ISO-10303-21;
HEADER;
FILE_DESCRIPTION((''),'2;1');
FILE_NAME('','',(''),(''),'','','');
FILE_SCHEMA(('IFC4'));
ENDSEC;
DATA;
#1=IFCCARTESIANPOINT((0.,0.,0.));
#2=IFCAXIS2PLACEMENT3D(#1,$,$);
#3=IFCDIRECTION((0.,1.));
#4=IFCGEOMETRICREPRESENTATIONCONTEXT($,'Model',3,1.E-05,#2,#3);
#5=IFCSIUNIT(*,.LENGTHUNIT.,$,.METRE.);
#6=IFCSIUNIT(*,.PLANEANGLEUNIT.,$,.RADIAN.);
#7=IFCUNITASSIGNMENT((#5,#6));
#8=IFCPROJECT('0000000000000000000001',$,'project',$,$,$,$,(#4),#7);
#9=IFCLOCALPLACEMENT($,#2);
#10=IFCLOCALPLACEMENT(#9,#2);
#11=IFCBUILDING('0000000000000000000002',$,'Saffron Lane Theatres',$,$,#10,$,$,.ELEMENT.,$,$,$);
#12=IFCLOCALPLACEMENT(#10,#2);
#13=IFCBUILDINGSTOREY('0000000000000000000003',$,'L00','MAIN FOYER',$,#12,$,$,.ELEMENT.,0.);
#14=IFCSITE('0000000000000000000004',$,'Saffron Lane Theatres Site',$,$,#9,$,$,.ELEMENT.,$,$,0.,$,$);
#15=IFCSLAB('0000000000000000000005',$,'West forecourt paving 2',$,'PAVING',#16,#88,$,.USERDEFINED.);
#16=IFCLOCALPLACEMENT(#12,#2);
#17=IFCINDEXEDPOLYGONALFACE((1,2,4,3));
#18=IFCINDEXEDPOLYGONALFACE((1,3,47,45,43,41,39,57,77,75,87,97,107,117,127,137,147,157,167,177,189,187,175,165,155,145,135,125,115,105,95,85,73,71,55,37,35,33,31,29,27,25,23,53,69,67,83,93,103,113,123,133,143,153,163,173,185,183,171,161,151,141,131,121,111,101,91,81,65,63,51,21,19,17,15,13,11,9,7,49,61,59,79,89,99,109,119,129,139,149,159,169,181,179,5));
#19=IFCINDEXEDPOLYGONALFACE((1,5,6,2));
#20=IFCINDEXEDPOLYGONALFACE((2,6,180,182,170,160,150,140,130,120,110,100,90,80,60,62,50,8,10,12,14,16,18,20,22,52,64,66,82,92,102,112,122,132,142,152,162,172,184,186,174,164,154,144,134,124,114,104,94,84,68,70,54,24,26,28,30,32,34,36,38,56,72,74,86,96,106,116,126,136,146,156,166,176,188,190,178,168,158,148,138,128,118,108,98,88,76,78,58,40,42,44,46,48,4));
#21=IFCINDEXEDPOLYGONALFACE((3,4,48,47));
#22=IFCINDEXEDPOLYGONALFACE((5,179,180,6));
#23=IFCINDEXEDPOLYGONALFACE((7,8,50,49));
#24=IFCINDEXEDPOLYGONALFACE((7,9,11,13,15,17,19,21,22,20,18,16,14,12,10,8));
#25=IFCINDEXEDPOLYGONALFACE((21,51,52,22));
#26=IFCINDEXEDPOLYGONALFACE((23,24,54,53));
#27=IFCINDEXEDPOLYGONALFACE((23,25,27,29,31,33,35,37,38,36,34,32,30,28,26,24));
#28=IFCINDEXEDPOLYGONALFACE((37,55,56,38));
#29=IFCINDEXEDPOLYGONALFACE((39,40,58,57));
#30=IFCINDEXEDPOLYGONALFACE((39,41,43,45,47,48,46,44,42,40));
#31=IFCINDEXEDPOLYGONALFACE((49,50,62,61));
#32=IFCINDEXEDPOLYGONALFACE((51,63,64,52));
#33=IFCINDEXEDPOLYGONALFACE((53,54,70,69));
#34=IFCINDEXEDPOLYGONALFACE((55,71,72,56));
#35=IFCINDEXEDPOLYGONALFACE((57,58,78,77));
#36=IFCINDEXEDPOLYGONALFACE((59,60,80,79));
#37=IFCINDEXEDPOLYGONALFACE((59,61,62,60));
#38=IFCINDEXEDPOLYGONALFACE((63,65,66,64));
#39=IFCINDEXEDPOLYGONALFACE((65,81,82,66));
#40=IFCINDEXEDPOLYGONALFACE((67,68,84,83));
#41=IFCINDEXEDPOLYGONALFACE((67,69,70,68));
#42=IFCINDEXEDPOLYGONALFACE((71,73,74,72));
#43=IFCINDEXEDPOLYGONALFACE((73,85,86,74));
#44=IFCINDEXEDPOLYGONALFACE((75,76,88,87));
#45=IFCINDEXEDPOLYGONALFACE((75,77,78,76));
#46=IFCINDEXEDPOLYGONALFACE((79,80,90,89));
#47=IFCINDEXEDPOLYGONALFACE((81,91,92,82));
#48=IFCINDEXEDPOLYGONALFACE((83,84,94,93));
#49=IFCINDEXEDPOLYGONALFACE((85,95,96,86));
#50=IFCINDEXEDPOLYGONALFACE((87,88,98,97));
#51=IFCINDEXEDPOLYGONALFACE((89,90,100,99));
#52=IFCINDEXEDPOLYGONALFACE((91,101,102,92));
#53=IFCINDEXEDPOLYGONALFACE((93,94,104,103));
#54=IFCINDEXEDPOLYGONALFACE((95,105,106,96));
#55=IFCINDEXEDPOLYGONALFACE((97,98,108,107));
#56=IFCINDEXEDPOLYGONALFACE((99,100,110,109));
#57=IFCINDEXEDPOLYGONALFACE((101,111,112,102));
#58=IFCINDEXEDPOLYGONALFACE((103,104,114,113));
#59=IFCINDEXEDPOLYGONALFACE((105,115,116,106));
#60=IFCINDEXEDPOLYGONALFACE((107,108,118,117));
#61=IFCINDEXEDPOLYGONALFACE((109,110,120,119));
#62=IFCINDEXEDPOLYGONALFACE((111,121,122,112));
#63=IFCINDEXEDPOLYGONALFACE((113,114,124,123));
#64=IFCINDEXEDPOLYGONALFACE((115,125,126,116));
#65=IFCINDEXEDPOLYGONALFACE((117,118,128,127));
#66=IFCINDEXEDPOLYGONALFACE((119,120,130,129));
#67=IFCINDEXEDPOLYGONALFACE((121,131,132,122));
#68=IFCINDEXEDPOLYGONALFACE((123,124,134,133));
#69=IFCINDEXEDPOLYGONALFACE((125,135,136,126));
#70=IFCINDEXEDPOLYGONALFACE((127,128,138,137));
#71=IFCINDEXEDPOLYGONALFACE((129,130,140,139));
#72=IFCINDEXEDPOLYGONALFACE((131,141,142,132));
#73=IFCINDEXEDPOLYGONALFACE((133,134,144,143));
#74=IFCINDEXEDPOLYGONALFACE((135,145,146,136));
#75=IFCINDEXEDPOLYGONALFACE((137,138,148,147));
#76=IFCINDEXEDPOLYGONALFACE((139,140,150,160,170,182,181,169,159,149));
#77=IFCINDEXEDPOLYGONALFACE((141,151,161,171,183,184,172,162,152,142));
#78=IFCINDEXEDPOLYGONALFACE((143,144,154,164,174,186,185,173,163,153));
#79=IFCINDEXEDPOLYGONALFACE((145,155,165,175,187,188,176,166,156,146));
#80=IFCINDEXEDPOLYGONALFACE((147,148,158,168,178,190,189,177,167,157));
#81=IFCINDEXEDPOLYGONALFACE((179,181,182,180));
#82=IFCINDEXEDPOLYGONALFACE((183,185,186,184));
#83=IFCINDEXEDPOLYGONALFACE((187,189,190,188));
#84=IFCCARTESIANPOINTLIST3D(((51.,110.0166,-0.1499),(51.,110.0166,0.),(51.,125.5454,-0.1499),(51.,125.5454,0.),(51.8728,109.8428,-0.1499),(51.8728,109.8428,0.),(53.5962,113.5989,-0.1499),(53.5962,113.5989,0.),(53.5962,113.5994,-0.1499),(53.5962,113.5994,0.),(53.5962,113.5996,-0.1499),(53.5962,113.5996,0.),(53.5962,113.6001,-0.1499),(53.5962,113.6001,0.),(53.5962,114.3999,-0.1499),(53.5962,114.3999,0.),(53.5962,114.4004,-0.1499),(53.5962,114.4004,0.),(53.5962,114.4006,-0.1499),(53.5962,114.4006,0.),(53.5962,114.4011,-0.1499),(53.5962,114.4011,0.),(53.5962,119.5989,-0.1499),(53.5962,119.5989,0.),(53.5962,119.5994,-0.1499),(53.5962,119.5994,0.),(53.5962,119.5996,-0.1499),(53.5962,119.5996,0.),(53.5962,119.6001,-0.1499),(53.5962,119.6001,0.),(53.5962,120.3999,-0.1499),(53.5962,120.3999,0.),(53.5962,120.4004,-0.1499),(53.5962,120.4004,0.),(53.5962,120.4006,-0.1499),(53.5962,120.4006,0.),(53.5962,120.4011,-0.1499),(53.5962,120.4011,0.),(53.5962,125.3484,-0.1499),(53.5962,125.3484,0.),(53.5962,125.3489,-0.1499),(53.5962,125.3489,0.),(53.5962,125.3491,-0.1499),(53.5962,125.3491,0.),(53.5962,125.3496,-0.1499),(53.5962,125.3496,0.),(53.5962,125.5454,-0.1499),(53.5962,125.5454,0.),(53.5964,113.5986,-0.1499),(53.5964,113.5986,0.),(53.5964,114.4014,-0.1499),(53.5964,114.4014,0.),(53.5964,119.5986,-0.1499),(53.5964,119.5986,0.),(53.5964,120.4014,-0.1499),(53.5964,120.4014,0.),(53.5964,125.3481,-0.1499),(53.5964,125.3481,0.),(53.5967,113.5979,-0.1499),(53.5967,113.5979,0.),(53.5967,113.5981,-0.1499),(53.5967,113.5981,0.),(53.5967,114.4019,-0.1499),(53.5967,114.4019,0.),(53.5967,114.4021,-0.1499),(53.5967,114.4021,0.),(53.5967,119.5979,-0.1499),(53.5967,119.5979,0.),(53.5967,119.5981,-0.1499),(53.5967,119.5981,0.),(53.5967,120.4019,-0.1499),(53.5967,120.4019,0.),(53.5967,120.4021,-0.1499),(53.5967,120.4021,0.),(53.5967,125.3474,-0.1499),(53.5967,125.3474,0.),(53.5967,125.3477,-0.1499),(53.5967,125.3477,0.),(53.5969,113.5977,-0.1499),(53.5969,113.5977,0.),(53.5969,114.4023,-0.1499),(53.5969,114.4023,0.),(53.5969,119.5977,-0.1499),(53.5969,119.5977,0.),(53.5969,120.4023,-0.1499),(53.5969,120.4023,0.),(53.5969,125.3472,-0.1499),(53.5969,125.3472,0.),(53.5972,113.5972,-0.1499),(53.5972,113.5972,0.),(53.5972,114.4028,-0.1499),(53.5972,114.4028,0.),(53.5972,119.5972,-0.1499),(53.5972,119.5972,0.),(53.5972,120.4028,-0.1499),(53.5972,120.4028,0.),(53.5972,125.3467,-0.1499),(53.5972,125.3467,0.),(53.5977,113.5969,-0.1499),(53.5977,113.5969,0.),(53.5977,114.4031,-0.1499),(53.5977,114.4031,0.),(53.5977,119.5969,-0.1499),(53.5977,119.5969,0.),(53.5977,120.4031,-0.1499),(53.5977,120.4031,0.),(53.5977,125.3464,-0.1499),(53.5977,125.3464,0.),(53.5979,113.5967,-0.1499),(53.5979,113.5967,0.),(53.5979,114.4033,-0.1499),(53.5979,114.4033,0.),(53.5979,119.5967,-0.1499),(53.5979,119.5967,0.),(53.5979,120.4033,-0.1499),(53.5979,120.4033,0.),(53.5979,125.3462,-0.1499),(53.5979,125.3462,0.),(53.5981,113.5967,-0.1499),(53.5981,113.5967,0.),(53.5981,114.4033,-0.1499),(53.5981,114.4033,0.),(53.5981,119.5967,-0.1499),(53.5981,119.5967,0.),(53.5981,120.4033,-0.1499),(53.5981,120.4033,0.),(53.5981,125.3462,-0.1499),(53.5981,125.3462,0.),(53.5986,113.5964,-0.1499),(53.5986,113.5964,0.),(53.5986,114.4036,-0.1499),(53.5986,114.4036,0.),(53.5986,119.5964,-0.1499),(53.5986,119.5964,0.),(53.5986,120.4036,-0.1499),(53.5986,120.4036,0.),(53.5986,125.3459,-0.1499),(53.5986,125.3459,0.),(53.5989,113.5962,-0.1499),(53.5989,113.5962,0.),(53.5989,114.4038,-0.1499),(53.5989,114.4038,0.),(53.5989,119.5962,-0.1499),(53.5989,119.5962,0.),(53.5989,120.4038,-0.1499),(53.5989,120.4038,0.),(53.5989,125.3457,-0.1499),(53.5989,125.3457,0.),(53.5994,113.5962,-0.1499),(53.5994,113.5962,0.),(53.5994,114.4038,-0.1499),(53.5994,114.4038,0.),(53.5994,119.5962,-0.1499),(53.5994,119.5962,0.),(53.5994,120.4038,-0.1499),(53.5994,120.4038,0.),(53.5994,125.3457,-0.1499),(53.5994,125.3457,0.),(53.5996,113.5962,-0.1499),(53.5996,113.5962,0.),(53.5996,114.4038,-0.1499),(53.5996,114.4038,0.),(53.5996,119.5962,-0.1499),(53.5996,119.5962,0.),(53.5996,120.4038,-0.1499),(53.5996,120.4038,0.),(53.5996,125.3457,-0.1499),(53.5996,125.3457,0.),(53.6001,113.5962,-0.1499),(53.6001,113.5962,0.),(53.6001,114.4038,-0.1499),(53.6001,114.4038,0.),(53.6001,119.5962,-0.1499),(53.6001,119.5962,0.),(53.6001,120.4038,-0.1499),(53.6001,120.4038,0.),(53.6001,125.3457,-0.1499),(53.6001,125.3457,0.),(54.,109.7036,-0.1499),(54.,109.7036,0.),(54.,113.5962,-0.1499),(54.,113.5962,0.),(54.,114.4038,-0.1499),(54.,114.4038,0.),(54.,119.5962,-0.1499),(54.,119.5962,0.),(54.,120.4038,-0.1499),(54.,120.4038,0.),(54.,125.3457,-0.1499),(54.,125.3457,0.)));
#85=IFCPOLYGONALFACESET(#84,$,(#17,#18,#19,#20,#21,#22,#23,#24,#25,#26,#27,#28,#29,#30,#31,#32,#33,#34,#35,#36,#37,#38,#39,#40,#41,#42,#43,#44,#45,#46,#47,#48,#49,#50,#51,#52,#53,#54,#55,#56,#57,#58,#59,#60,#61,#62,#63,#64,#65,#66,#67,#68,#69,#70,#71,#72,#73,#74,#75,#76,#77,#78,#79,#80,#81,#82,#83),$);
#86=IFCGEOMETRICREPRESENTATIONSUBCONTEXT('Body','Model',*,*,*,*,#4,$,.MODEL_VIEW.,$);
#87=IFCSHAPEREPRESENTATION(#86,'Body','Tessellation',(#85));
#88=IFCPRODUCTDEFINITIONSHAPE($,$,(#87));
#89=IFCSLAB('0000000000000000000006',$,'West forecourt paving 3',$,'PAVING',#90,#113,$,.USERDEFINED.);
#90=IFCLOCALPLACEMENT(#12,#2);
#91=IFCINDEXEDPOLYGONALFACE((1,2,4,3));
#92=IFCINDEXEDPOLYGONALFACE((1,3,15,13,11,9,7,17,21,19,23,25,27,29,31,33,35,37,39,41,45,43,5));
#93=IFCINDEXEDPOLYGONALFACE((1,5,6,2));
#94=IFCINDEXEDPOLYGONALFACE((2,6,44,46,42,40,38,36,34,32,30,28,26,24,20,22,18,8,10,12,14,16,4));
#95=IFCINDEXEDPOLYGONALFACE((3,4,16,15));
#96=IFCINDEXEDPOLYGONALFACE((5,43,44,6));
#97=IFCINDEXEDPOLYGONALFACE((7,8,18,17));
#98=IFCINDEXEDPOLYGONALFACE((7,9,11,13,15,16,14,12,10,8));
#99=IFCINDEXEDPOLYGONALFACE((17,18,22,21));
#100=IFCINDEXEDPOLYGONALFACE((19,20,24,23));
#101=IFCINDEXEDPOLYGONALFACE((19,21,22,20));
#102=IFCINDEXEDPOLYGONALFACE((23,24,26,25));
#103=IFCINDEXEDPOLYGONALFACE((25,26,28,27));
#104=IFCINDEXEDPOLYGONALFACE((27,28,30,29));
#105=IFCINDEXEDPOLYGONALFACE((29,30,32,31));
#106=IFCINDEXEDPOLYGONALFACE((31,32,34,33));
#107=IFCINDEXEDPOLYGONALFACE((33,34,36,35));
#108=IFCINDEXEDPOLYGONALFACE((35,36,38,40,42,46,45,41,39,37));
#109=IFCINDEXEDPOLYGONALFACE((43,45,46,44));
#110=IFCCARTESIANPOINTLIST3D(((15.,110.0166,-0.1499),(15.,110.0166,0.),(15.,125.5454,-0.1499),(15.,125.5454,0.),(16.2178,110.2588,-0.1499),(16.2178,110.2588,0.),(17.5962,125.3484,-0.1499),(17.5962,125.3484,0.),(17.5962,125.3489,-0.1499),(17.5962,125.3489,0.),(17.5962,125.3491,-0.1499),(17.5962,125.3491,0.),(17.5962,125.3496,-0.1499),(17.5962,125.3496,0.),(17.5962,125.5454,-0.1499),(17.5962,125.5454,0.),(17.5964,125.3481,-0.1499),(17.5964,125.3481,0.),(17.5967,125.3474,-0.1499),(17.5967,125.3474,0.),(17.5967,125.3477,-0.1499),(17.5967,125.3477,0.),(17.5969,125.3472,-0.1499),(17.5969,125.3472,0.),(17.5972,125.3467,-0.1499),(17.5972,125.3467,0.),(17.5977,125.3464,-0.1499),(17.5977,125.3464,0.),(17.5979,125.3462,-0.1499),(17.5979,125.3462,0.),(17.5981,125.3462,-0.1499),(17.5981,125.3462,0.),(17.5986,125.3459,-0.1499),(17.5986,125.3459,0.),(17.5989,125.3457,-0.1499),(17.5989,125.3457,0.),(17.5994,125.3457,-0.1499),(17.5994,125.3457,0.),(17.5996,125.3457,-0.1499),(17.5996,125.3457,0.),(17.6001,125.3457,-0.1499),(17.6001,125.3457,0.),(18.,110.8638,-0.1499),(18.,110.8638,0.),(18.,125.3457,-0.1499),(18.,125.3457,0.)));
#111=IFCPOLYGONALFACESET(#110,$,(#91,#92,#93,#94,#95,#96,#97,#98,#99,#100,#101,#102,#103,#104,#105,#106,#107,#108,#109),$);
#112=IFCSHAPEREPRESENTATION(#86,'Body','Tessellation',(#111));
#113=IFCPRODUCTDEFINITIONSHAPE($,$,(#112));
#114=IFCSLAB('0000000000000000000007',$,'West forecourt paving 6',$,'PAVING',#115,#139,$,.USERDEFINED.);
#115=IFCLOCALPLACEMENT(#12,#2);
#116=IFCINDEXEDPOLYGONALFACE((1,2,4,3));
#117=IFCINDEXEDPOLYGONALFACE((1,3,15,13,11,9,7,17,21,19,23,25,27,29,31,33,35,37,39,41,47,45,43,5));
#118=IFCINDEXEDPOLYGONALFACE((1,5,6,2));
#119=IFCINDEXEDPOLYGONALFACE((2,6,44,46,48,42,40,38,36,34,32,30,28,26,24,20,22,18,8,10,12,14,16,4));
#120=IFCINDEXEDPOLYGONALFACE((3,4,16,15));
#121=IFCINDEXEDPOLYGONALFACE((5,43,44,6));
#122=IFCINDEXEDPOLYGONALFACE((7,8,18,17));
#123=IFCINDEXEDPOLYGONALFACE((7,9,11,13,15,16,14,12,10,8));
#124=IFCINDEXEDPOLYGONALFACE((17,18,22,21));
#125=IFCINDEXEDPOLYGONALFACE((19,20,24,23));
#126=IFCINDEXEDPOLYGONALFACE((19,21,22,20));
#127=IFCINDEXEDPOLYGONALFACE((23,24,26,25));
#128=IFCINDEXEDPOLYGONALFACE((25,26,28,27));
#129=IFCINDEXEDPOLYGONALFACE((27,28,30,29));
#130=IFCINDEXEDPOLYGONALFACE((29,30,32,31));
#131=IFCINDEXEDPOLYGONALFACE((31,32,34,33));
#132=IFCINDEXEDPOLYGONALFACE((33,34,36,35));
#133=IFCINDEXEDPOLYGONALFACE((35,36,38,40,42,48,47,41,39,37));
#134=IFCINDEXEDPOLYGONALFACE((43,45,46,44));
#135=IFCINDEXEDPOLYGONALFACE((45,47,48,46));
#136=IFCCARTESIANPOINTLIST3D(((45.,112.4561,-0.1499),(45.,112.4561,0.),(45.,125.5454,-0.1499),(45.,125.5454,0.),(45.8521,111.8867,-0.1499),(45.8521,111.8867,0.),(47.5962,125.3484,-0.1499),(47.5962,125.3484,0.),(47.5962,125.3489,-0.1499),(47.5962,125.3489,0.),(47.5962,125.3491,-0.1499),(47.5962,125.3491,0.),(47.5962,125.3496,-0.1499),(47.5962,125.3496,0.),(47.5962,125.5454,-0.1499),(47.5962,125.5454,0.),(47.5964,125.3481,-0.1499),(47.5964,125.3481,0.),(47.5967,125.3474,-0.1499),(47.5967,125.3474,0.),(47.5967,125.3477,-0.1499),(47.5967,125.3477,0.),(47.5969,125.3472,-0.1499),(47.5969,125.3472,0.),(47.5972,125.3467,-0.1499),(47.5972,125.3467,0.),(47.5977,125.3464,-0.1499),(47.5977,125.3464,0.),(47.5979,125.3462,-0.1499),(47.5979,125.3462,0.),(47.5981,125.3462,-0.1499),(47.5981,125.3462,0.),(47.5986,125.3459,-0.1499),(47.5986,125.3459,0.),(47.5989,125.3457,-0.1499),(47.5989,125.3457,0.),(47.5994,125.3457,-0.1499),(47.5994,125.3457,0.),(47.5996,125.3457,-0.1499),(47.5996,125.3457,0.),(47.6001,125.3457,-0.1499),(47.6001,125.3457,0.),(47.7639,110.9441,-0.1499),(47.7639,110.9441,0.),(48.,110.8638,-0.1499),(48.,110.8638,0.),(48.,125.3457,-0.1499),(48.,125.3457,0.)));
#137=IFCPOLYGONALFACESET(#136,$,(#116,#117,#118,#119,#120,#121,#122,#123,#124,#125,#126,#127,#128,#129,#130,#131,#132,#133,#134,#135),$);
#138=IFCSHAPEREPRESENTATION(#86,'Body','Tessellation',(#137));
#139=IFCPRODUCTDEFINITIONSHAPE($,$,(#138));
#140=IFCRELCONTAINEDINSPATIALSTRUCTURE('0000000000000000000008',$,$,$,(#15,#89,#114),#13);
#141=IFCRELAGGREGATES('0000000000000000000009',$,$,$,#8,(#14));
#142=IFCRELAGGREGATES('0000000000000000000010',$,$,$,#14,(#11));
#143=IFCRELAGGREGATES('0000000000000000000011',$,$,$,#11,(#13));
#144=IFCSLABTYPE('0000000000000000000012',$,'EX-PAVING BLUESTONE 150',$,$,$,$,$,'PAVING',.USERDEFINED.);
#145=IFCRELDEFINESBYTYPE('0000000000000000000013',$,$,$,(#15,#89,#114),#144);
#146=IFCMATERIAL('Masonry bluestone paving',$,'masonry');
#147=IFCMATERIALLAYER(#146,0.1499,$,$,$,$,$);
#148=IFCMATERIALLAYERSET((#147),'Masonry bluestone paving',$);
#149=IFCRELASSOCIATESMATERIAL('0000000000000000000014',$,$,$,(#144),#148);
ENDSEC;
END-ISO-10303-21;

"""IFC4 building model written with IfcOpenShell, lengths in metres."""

from ifc_helpers import new_model, si_unit, direction, frame, origin, place, context, subcontext, project, spatial, polyline, outline, extrude, material, layer, layer_set, type_object, element, save


model = new_model("IFC4")

# Units and contexts
model_context = context("Model", 3, precision=1e-05, world=origin(), true_north=direction((0.0, 1.0)))
body_context = subcontext(model_context, "Body", "Model", "MODEL_VIEW")
ifc_project = project(units=[si_unit("LENGTHUNIT", "METRE"), si_unit("PLANEANGLEUNIT", "RADIAN")], contexts=[model_context])

# Site, building, storey
site_placement = place(None, origin())
site = spatial("IfcSite", under=ifc_project, at=site_placement, Name="Saffron Lane Theatres Site", CompositionType="ELEMENT", RefElevation=0.0)
building_placement = place(site_placement, origin())
building = spatial("IfcBuilding", under=site, at=building_placement, Name="Saffron Lane Theatres", CompositionType="ELEMENT")
storey_placement = place(building_placement, origin())
storey = spatial("IfcBuildingStorey", under=building, at=storey_placement, Name="L00", Description="MAIN FOYER", CompositionType="ELEMENT", Elevation=0.0)

# Slabs
ifc_material_1 = material(Name="Masonry bluestone paving", Category="masonry")
ifc_layer_1 = layer(ifc_material_1, 0.1499)
ifc_layer_set_1 = layer_set([ifc_layer_1], Name="Masonry bluestone paving")
slab_type_1 = type_object("IfcSlabType", Name="EX-PAVING BLUESTONE 150", ElementType="PAVING", PredefinedType="USERDEFINED", material=ifc_layer_set_1)
slab_1_placement = place(storey_placement, frame((0.0, 0.0, -0.1499)))
element("IfcSlab", 1, at=slab_1_placement, inside=storey, type_object=slab_type_1, Name="West forecourt paving 2", ObjectType="PAVING", PredefinedType="USERDEFINED", context=body_context, shape_type="SweptSolid", body=[
    extrude(outline(polyline([(53.5977, 120.4031), (53.5979, 120.4033), (53.5981, 120.4033), (53.5986, 120.4036), (53.5989, 120.4038), (53.5994, 120.4038), (53.5996, 120.4038), (53.6001, 120.4038), (54.0, 120.4038), (54.0, 125.3457), (53.6001, 125.3457), (53.5996, 125.3457), (53.5994, 125.3457), (53.5989, 125.3457), (53.5986, 125.3459), (53.5981, 125.3462), (53.5979, 125.3462), (53.5977, 125.3464), (53.5972, 125.3467), (53.5969, 125.3472), (53.5967, 125.3474), (53.5967, 125.3477), (53.5964, 125.3481), (53.5962, 125.3484), (53.5962, 125.3489), (53.5962, 125.3491), (53.5962, 125.3496), (53.5962, 125.5454), (51.0, 125.5454), (51.0, 110.0166), (51.8728, 109.8428), (54.0, 109.7036), (54.0, 113.5962), (53.6001, 113.5962), (53.5996, 113.5962), (53.5994, 113.5962), (53.5989, 113.5962), (53.5986, 113.5964), (53.5981, 113.5967), (53.5979, 113.5967), (53.5977, 113.5969), (53.5972, 113.5972), (53.5969, 113.5977), (53.5967, 113.5979), (53.5967, 113.5981), (53.5964, 113.5986), (53.5962, 113.5989), (53.5962, 113.5994), (53.5962, 113.5996), (53.5962, 113.6001), (53.5962, 114.3999), (53.5962, 114.4004), (53.5962, 114.4006), (53.5962, 114.4011), (53.5964, 114.4014), (53.5967, 114.4019), (53.5967, 114.4021), (53.5969, 114.4023), (53.5972, 114.4028), (53.5977, 114.4031), (53.5979, 114.4033), (53.5981, 114.4033), (53.5986, 114.4036), (53.5989, 114.4038), (53.5994, 114.4038), (53.5996, 114.4038), (53.6001, 114.4038), (54.0, 114.4038), (54.0, 119.5962), (53.6001, 119.5962), (53.5996, 119.5962), (53.5994, 119.5962), (53.5989, 119.5962), (53.5986, 119.5964), (53.5981, 119.5967), (53.5979, 119.5967), (53.5977, 119.5969), (53.5972, 119.5972), (53.5969, 119.5977), (53.5967, 119.5979), (53.5967, 119.5981), (53.5964, 119.5986), (53.5962, 119.5989), (53.5962, 119.5994), (53.5962, 119.5996), (53.5962, 119.6001), (53.5962, 120.3999), (53.5962, 120.4004), (53.5962, 120.4006), (53.5962, 120.4011), (53.5964, 120.4014), (53.5967, 120.4019), (53.5967, 120.4021), (53.5969, 120.4023), (53.5972, 120.4028), (53.5977, 120.4031)])), origin(), (0.0, 0.0, 1.0), 0.1499),
])
slab_2_placement = place(storey_placement, frame((0.0, 0.0, -0.1499)))
element("IfcSlab", 2, at=slab_2_placement, inside=storey, type_object=slab_type_1, Name="West forecourt paving 3", ObjectType="PAVING", PredefinedType="USERDEFINED", context=body_context, shape_type="SweptSolid", body=[
    extrude(outline(polyline([(17.5962, 125.5454), (15.0, 125.5454), (15.0, 110.0166), (16.2178, 110.2588), (18.0, 110.8638), (18.0, 125.3457), (17.6001, 125.3457), (17.5996, 125.3457), (17.5994, 125.3457), (17.5989, 125.3457), (17.5986, 125.3459), (17.5981, 125.3462), (17.5979, 125.3462), (17.5977, 125.3464), (17.5972, 125.3467), (17.5969, 125.3472), (17.5967, 125.3474), (17.5967, 125.3477), (17.5964, 125.3481), (17.5962, 125.3484), (17.5962, 125.3489), (17.5962, 125.3491), (17.5962, 125.3496), (17.5962, 125.5454)])), origin(), (0.0, 0.0, 1.0), 0.1499),
])
slab_3_placement = place(storey_placement, frame((0.0, 0.0, -0.1499)))
element("IfcSlab", 3, at=slab_3_placement, inside=storey, type_object=slab_type_1, Name="West forecourt paving 6", ObjectType="PAVING", PredefinedType="USERDEFINED", context=body_context, shape_type="SweptSolid", body=[
    extrude(outline(polyline([(47.7639, 110.9441), (48.0, 110.8638), (48.0, 125.3457), (47.6001, 125.3457), (47.5996, 125.3457), (47.5994, 125.3457), (47.5989, 125.3457), (47.5986, 125.3459), (47.5981, 125.3462), (47.5979, 125.3462), (47.5977, 125.3464), (47.5972, 125.3467), (47.5969, 125.3472), (47.5967, 125.3474), (47.5967, 125.3477), (47.5964, 125.3481), (47.5962, 125.3484), (47.5962, 125.3489), (47.5962, 125.3491), (47.5962, 125.3496), (47.5962, 125.5454), (45.0, 125.5454), (45.0, 112.4561), (45.8521, 111.8867), (47.7639, 110.9441)])), origin(), (0.0, 0.0, 1.0), 0.1499),
])

save(model, "model.ifc")
